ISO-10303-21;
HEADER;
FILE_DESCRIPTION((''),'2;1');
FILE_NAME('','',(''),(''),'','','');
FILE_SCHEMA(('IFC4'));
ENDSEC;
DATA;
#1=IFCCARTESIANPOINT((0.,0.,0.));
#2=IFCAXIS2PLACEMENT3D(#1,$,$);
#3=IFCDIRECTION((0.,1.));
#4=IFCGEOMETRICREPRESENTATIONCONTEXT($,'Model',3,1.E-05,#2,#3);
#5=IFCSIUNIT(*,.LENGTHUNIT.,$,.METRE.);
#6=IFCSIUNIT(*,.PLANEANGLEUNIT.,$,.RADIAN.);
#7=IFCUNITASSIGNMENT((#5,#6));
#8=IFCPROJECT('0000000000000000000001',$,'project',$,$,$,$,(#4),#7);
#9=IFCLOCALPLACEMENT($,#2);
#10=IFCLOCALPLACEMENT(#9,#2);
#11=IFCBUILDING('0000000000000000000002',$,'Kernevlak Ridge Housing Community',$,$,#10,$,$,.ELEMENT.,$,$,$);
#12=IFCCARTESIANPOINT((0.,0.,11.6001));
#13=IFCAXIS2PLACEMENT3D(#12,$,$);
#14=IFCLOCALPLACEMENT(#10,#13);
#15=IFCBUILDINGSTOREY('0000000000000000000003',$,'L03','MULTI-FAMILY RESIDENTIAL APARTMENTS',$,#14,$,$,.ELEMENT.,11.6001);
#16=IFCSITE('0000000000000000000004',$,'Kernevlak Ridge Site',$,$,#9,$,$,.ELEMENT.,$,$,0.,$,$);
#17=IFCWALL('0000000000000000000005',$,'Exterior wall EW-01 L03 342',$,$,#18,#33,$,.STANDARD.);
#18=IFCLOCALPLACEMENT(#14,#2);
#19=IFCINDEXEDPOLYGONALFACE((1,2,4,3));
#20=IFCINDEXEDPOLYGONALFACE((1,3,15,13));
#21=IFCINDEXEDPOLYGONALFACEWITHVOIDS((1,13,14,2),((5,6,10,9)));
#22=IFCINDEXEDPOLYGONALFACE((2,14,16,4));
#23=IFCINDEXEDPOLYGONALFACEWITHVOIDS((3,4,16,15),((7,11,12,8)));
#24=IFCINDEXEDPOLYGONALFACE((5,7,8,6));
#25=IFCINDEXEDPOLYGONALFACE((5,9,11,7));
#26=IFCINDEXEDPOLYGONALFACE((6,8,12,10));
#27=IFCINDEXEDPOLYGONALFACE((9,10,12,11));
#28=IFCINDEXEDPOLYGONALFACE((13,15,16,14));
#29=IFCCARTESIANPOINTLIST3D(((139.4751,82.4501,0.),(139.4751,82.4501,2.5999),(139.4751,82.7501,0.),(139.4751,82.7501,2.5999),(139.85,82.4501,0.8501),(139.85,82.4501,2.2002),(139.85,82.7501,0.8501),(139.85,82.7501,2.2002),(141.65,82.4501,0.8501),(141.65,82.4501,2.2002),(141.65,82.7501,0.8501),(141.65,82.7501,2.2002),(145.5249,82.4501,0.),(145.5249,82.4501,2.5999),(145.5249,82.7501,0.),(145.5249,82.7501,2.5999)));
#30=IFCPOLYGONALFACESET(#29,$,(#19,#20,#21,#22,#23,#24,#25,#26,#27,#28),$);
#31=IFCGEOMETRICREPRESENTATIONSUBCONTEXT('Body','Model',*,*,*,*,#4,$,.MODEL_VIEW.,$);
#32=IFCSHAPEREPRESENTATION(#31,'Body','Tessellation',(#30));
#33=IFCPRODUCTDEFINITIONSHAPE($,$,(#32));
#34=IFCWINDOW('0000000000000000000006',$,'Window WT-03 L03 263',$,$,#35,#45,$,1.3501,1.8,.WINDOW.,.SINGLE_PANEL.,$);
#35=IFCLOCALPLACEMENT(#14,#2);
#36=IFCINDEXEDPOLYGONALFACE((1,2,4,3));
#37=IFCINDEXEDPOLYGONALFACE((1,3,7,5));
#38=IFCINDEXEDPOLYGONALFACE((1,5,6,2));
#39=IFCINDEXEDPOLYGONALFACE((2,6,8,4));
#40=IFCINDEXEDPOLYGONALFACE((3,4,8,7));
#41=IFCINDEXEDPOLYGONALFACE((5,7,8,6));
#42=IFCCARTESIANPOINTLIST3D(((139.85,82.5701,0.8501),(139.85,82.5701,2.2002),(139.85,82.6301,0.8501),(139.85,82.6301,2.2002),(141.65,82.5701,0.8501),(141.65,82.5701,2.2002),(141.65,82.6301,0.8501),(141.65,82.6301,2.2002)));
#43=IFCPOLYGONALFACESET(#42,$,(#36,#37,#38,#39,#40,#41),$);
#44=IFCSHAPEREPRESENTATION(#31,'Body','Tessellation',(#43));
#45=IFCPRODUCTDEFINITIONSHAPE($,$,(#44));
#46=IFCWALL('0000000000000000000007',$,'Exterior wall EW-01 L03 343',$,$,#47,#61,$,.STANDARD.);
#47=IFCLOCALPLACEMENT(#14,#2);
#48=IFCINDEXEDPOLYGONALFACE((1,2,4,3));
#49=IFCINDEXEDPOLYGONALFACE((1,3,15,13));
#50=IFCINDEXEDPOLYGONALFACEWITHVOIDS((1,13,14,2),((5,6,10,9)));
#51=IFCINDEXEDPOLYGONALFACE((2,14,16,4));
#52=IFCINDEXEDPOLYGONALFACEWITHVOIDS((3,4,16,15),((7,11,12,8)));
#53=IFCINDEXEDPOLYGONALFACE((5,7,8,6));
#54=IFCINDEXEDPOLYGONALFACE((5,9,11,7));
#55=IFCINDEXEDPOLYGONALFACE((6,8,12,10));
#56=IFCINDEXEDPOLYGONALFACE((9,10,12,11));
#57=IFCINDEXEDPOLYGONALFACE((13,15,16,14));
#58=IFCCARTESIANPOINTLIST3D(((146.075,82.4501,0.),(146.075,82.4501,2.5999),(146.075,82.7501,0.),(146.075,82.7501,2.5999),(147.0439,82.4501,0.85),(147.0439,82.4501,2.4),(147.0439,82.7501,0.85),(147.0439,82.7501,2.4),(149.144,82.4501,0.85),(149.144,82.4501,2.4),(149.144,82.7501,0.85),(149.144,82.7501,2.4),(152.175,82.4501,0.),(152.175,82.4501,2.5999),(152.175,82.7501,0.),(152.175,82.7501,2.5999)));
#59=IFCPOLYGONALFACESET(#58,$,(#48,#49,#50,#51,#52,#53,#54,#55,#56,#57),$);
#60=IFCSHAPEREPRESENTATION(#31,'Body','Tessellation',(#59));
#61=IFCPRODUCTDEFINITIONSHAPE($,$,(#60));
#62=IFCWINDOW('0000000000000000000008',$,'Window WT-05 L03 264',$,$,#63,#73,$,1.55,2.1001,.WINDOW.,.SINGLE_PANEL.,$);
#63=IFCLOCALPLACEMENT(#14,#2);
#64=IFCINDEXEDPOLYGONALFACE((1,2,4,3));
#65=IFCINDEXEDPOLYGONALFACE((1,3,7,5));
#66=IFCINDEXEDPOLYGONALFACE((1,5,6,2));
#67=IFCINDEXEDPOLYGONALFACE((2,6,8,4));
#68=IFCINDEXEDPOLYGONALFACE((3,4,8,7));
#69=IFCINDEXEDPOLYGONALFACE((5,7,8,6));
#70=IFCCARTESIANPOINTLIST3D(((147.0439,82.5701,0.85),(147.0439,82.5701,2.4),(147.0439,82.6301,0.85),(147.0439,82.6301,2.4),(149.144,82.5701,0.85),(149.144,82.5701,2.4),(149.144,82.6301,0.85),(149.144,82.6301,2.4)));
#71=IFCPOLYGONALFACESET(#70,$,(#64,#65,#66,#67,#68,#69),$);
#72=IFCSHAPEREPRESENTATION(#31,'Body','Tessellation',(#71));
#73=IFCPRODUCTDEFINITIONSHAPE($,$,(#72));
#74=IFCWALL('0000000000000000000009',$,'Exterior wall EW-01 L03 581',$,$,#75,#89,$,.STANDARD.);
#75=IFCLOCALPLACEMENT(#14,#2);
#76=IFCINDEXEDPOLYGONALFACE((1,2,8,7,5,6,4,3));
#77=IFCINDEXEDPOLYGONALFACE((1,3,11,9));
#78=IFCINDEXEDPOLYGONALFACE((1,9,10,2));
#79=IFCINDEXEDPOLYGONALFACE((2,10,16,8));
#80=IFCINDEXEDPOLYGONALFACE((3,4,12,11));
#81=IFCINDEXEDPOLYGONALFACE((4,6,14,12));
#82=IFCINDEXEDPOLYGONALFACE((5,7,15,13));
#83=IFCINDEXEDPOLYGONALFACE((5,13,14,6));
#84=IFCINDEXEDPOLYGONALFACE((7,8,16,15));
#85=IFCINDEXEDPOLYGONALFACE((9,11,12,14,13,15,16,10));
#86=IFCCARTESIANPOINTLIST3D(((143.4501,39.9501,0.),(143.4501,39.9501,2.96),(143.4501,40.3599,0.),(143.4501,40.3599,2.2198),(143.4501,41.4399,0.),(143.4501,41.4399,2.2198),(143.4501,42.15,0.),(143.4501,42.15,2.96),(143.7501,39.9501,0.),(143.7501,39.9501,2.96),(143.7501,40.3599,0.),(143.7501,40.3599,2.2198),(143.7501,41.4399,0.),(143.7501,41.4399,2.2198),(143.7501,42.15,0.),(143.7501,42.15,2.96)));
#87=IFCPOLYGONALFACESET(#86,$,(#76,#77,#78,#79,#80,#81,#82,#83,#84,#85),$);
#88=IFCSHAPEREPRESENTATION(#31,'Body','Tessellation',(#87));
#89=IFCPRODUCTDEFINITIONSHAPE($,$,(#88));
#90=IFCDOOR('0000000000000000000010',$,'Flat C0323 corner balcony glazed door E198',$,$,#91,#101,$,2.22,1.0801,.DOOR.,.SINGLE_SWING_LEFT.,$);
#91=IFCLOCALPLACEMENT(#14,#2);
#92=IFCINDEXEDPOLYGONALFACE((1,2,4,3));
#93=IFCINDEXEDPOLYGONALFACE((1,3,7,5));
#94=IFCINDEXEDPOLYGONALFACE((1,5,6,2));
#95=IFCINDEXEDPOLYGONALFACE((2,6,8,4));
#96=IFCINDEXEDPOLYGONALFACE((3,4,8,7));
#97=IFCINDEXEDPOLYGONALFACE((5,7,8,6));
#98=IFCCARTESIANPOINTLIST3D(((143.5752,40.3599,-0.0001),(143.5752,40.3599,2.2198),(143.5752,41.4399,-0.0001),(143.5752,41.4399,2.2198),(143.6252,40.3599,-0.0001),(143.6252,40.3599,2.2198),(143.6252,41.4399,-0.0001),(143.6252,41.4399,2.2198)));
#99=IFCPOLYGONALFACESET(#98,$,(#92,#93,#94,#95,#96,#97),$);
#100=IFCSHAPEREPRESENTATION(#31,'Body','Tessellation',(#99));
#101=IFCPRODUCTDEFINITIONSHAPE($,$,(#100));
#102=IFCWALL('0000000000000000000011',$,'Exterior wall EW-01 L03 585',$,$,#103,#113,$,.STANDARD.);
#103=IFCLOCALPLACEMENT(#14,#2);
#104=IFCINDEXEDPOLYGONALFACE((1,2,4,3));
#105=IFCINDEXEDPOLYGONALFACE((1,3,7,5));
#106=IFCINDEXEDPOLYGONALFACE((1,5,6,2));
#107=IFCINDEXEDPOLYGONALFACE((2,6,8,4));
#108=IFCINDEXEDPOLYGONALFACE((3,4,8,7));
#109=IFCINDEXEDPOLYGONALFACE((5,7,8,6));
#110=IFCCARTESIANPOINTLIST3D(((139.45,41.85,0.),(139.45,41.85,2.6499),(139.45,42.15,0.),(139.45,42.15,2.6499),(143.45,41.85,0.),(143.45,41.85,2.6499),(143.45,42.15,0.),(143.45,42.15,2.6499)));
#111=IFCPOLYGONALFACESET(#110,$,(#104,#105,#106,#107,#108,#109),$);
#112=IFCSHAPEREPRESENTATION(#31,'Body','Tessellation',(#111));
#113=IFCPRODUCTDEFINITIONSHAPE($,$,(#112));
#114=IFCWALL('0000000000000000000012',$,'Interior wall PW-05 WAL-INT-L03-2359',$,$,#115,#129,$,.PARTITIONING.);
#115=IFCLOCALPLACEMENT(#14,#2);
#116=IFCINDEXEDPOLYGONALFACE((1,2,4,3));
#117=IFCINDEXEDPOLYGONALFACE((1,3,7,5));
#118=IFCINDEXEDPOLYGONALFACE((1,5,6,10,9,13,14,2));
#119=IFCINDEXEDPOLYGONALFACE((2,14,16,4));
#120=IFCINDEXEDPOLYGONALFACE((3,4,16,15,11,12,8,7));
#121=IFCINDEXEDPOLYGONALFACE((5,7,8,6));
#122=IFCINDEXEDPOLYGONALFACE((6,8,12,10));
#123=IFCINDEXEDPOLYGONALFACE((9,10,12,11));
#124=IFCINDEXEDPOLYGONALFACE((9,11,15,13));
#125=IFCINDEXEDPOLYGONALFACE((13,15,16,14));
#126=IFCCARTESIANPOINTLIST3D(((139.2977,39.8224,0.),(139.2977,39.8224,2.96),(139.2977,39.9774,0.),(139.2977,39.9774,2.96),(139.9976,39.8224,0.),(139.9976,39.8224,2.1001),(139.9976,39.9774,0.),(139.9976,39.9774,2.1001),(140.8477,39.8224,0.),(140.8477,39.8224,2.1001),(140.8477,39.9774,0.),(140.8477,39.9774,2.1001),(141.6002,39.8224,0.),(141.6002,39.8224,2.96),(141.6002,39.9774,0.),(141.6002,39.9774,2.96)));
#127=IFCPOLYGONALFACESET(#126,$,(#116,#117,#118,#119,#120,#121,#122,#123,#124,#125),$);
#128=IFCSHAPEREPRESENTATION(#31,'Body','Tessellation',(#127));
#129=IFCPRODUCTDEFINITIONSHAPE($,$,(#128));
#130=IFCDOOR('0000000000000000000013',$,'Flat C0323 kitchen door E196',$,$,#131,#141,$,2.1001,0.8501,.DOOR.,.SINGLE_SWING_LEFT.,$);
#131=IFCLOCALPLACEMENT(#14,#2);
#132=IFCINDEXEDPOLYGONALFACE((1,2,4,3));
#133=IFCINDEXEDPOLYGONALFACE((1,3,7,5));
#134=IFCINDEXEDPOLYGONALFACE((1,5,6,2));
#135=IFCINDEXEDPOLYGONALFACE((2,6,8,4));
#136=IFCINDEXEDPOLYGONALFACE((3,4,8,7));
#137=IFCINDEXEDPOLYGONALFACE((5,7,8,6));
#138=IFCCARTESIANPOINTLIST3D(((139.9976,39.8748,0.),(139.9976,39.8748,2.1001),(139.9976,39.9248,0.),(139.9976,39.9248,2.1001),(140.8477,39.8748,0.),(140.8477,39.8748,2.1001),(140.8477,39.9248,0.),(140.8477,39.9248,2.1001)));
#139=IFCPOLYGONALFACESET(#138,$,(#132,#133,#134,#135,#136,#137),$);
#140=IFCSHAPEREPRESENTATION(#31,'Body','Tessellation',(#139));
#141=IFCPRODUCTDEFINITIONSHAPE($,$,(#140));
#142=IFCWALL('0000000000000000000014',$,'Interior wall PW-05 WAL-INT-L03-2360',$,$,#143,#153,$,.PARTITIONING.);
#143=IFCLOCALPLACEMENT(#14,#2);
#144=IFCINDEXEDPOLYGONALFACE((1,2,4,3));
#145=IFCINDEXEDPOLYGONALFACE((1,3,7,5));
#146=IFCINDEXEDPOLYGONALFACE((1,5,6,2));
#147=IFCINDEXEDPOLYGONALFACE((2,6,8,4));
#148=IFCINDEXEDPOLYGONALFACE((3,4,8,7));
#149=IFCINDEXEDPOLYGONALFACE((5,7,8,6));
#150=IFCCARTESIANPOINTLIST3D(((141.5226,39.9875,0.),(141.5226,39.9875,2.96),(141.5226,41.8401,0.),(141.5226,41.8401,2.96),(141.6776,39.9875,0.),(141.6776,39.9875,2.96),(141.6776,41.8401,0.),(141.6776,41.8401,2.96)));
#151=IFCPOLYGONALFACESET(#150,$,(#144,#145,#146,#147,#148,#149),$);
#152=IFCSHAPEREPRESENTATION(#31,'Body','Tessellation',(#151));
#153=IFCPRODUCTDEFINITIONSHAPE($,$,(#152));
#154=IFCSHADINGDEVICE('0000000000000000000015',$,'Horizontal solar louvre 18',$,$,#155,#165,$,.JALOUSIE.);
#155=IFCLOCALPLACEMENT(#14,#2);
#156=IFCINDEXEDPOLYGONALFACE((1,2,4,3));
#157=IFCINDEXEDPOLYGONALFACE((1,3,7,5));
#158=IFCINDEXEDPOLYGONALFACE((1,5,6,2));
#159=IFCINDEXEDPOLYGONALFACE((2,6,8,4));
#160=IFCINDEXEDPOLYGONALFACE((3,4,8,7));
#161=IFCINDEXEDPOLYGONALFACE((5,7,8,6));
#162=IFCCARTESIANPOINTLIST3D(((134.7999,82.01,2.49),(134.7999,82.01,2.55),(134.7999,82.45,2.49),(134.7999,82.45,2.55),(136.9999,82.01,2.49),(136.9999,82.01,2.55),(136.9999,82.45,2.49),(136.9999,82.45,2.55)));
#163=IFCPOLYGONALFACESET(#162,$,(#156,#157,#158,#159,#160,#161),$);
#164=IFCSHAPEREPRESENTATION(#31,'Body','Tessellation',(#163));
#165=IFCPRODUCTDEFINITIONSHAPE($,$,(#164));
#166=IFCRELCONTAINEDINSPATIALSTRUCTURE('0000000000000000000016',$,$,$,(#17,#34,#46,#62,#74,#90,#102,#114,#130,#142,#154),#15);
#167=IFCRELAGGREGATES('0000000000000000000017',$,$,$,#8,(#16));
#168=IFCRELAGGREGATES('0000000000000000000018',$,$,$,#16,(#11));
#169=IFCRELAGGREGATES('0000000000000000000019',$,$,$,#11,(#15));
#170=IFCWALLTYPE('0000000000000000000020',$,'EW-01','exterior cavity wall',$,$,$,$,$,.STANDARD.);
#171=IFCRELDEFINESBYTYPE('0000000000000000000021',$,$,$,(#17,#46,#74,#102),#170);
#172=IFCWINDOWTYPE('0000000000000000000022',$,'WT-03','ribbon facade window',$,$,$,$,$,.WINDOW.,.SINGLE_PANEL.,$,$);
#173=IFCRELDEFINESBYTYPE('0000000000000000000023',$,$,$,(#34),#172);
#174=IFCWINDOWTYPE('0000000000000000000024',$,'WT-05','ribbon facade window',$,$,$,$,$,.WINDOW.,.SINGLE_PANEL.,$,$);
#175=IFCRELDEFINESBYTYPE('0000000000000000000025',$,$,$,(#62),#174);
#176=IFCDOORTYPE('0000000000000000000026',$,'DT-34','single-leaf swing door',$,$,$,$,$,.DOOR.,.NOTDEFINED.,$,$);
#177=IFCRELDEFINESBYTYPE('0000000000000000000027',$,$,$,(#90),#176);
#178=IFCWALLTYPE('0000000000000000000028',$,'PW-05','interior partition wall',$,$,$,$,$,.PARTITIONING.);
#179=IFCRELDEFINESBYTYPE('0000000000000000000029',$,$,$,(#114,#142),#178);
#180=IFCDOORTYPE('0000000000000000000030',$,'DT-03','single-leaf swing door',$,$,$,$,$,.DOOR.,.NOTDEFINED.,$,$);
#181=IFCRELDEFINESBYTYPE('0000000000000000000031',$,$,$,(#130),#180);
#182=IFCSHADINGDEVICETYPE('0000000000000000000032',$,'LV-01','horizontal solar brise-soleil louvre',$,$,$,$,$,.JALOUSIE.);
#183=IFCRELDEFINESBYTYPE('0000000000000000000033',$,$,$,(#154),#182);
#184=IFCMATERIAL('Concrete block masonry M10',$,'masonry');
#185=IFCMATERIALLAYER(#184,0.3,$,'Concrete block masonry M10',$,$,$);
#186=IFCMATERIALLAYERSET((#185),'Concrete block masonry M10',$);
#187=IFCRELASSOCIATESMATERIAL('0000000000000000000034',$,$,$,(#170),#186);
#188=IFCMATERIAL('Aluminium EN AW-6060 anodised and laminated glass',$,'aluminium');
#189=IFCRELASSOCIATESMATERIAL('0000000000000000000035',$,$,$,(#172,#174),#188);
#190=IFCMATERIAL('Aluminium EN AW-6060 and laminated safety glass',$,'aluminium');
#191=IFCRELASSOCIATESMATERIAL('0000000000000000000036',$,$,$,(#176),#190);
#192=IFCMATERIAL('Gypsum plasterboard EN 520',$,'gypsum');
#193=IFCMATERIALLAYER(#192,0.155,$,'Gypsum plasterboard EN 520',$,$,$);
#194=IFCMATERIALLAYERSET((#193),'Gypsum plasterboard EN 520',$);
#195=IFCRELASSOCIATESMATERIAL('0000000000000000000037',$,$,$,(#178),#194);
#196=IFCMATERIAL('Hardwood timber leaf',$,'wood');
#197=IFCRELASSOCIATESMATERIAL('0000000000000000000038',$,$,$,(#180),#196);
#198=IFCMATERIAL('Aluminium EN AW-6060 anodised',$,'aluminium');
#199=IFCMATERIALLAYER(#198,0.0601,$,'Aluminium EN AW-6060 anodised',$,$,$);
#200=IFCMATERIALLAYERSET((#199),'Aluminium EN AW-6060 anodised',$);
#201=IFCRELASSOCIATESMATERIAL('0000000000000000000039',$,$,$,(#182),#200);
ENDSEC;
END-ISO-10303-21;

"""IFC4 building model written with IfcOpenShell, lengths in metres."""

from ifc_helpers import new_model, si_unit, direction, frame, frame_2d, origin, origin_2d, place, context, subcontext, project, spatial, rectangle, extrude, material, layer, layer_set, type_object, element, fill, save


model = new_model("IFC4")

# Units and contexts
model_context = context("Model", 3, precision=1e-05, world=origin(), true_north=direction((0.0, 1.0)))
body_context = subcontext(model_context, "Body", "Model", "MODEL_VIEW")
ifc_project = project(units=[si_unit("LENGTHUNIT", "METRE"), si_unit("PLANEANGLEUNIT", "RADIAN")], contexts=[model_context])

# Site, building, storey
site_placement = place(None, origin())
site = spatial("IfcSite", under=ifc_project, at=site_placement, Name="Kernevlak Ridge Site", CompositionType="ELEMENT", RefElevation=0.0)
building_placement = place(site_placement, origin())
building = spatial("IfcBuilding", under=site, at=building_placement, Name="Kernevlak Ridge Housing Community", CompositionType="ELEMENT")
storey_placement = place(building_placement, frame((0.0, 0.0, 11.6001)))
storey = spatial("IfcBuildingStorey", under=building, at=storey_placement, Name="L03", Description="MULTI-FAMILY RESIDENTIAL APARTMENTS", CompositionType="ELEMENT", Elevation=11.6001)

# Shared definitions
ifc_material_1 = material(Name="Aluminium EN AW-6060 anodised and laminated glass", Category="aluminium")
ifc_material_2 = material(Name="Aluminium EN AW-6060 anodised", Category="aluminium")

# Walls, openings, windows
ifc_material_3 = material(Name="Concrete block masonry M10", Category="masonry")
ifc_layer_1 = layer(ifc_material_3, 0.3, Name="Concrete block masonry M10")
ifc_layer_set_1 = layer_set([ifc_layer_1], Name="Concrete block masonry M10")
wall_type_1 = type_object("IfcWallType", Name="EW-01", Description="exterior cavity wall", PredefinedType="STANDARD", material=ifc_layer_set_1)
wall_1_placement = place(storey_placement, frame((139.4751, 82.6001, 0.0), z_axis=(0.0, 0.0, 1.0), x_axis=(1.0, 0.0, 0.0)))
wall_1 = element("IfcWall", 1, at=wall_1_placement, inside=storey, type_object=wall_type_1, Name="Exterior wall EW-01 L03 342", PredefinedType="STANDARD", context=body_context, shape_type="SweptSolid", body=[
    extrude(rectangle(XDim=6.0498, YDim=0.3, at=frame_2d((3.0249, 0.0))), origin(), (0.0, 0.0, 1.0), 2.5999),
])
opening_1_placement = place(wall_1_placement, frame((0.375, 0.0, 0.8501)))
opening_1 = element("IfcOpeningElement", 2, at=opening_1_placement, cuts=wall_1, PredefinedType="OPENING", context=body_context, shape_type="SweptSolid", body=[
    extrude(rectangle(XDim=1.8, YDim=1.3501, at=frame_2d((0.8999, 0.675))), frame((0.0, 0.1599, 0.0), z_axis=(0.0, -1.0, 0.0), x_axis=(1.0, 0.0, 0.0)), (0.0, 0.0, 1.0), 0.3201),
])
window_type_1 = type_object("IfcWindowType", Name="WT-03", Description="ribbon facade window", PartitioningType="SINGLE_PANEL", PredefinedType="WINDOW", material=ifc_material_1)
window_1_placement = place(opening_1_placement, origin())
window_1 = element("IfcWindow", 3, at=window_1_placement, inside=storey, type_object=window_type_1, Name="Window WT-03 L03 263", OverallHeight=1.3501, OverallWidth=1.8, PartitioningType="SINGLE_PANEL", PredefinedType="WINDOW", context=body_context, shape_type="SweptSolid", body=[
    extrude(rectangle(XDim=1.8, YDim=1.3501, at=frame_2d((0.8999, 0.675))), frame((0.0, 0.03, 0.0), z_axis=(0.0, -1.0, 0.0), x_axis=(1.0, 0.0, 0.0)), (0.0, 0.0, 1.0), 0.0601),
])
fill(opening_1, window_1)
wall_2_placement = place(storey_placement, frame((146.075, 82.6001, 0.0), z_axis=(0.0, 0.0, 1.0), x_axis=(1.0, 0.0, 0.0)))
wall_2 = element("IfcWall", 4, at=wall_2_placement, inside=storey, type_object=wall_type_1, Name="Exterior wall EW-01 L03 343", PredefinedType="STANDARD", context=body_context, shape_type="SweptSolid", body=[
    extrude(rectangle(XDim=6.1001, YDim=0.3, at=frame_2d((3.05, 0.0))), origin(), (0.0, 0.0, 1.0), 2.5999),
])
opening_2_placement = place(wall_2_placement, frame((0.969, 0.0, 0.8501)))
opening_2 = element("IfcOpeningElement", 5, at=opening_2_placement, cuts=wall_2, PredefinedType="OPENING", context=body_context, shape_type="SweptSolid", body=[
    extrude(rectangle(XDim=2.1001, YDim=1.55, at=frame_2d((1.05, 0.7749))), frame((0.0, 0.1599, 0.0), z_axis=(0.0, -1.0, 0.0), x_axis=(1.0, 0.0, 0.0)), (0.0, 0.0, 1.0), 0.3201),
])
window_type_2 = type_object("IfcWindowType", Name="WT-05", Description="ribbon facade window", PartitioningType="SINGLE_PANEL", PredefinedType="WINDOW", material=ifc_material_1)
window_2_placement = place(opening_2_placement, origin())
window_2 = element("IfcWindow", 6, at=window_2_placement, inside=storey, type_object=window_type_2, Name="Window WT-05 L03 264", OverallHeight=1.55, OverallWidth=2.1001, PartitioningType="SINGLE_PANEL", PredefinedType="WINDOW", context=body_context, shape_type="SweptSolid", body=[
    extrude(rectangle(XDim=2.1001, YDim=1.55, at=frame_2d((1.05, 0.7749))), frame((0.0, 0.03, 0.0), z_axis=(0.0, -1.0, 0.0), x_axis=(1.0, 0.0, 0.0)), (0.0, 0.0, 1.0), 0.0601),
])
fill(opening_2, window_2)

# Wall, opening, door
wall_3_placement = place(storey_placement, frame((143.6001, 39.95, 0.0), z_axis=(0.0, 0.0, 1.0), x_axis=(0.0, 1.0, 0.0)))
wall_3 = element("IfcWall", 7, at=wall_3_placement, inside=storey, type_object=wall_type_1, Name="Exterior wall EW-01 L03 581", PredefinedType="STANDARD", context=body_context, shape_type="SweptSolid", body=[
    extrude(rectangle(XDim=2.2, YDim=0.3, at=frame_2d((1.1001, 0.0))), origin(), (0.0, 0.0, 1.0), 2.96),
])
opening_3_placement = place(wall_3_placement, frame((0.4099, 0.0, 0.0)))
opening_3 = element("IfcOpeningElement", 8, at=opening_3_placement, cuts=wall_3, PredefinedType="OPENING", context=body_context, shape_type="SweptSolid", body=[
    extrude(rectangle(XDim=1.0801, YDim=2.22, at=frame_2d((0.54, 1.1099))), frame((0.0, 0.1599, 0.0), z_axis=(0.0, -1.0, 0.0), x_axis=(1.0, 0.0, 0.0)), (0.0, 0.0, 1.0), 0.3201),
])
ifc_material_4 = material(Name="Aluminium EN AW-6060 and laminated safety glass", Category="aluminium")
door_type_1 = type_object("IfcDoorType", Name="DT-34", Description="single-leaf swing door", OperationType="NOTDEFINED", PredefinedType="DOOR", material=ifc_material_4)
door_1_placement = place(opening_3_placement, origin())
door_1 = element("IfcDoor", 9, at=door_1_placement, inside=storey, type_object=door_type_1, Name="Flat C0323 corner balcony glazed door E198", OperationType="SINGLE_SWING_LEFT", OverallHeight=2.22, OverallWidth=1.0801, PredefinedType="DOOR", context=body_context, shape_type="SweptSolid", body=[
    extrude(rectangle(XDim=1.0801, YDim=2.22, at=frame_2d((0.54, 1.1099))), frame((0.0, 0.0249, 0.0), z_axis=(0.0, -1.0, 0.0), x_axis=(1.0, 0.0, 0.0)), (0.0, 0.0, 1.0), 0.05),
])
fill(opening_3, door_1)

# Wall
wall_4_placement = place(storey_placement, frame((139.45, 42.0, 0.0), z_axis=(0.0, 0.0, 1.0), x_axis=(1.0, 0.0, 0.0)))
element("IfcWall", 10, at=wall_4_placement, inside=storey, type_object=wall_type_1, Name="Exterior wall EW-01 L03 585", PredefinedType="STANDARD", context=body_context, shape_type="SweptSolid", body=[
    extrude(rectangle(XDim=4.0, YDim=0.3, at=frame_2d((2.0, 0.0))), origin(), (0.0, 0.0, 1.0), 2.6499),
])

# Wall, opening, door
ifc_material_5 = material(Name="Gypsum plasterboard EN 520", Category="gypsum")
ifc_layer_2 = layer(ifc_material_5, 0.155, Name="Gypsum plasterboard EN 520")
ifc_layer_set_2 = layer_set([ifc_layer_2], Name="Gypsum plasterboard EN 520")
wall_type_2 = type_object("IfcWallType", Name="PW-05", Description="interior partition wall", PredefinedType="PARTITIONING", material=ifc_layer_set_2)
wall_5_placement = place(storey_placement, frame((139.2976, 39.8999, 0.0), z_axis=(0.0, 0.0, 1.0), x_axis=(1.0, 0.0, 0.0)))
wall_5 = element("IfcWall", 11, at=wall_5_placement, inside=storey, type_object=wall_type_2, Name="Interior wall PW-05 WAL-INT-L03-2359", PredefinedType="PARTITIONING", context=body_context, shape_type="SweptSolid", body=[
    extrude(rectangle(XDim=2.3025, YDim=0.155, at=frame_2d((1.1514, 0.0))), origin(), (0.0, 0.0, 1.0), 2.96),
])
opening_4_placement = place(wall_5_placement, frame((0.7, 0.0, 0.0)))
opening_4 = element("IfcOpeningElement", 12, at=opening_4_placement, cuts=wall_5, PredefinedType="OPENING", context=body_context, shape_type="SweptSolid", body=[
    extrude(rectangle(XDim=0.8501, YDim=2.1001, at=frame_2d((0.425, 1.05))), frame((0.0, 0.0874, 0.0), z_axis=(0.0, -1.0, 0.0), x_axis=(1.0, 0.0, 0.0)), (0.0, 0.0, 1.0), 0.175),
])
ifc_material_6 = material(Name="Hardwood timber leaf", Category="wood")
door_type_2 = type_object("IfcDoorType", Name="DT-03", Description="single-leaf swing door", OperationType="NOTDEFINED", PredefinedType="DOOR", material=ifc_material_6)
door_2_placement = place(opening_4_placement, origin())
door_2 = element("IfcDoor", 13, at=door_2_placement, inside=storey, type_object=door_type_2, Name="Flat C0323 kitchen door E196", OperationType="SINGLE_SWING_LEFT", OverallHeight=2.1001, OverallWidth=0.8501, PredefinedType="DOOR", context=body_context, shape_type="SweptSolid", body=[
    extrude(rectangle(XDim=0.8501, YDim=2.1001, at=frame_2d((0.425, 1.05))), frame((0.0, 0.0249, 0.0), z_axis=(0.0, -1.0, 0.0), x_axis=(1.0, 0.0, 0.0)), (0.0, 0.0, 1.0), 0.05),
])
fill(opening_4, door_2)

# Wall
wall_6_placement = place(storey_placement, frame((141.6001, 39.9875, 0.0), z_axis=(0.0, 0.0, 1.0), x_axis=(0.0, 1.0, 0.0)))
element("IfcWall", 14, at=wall_6_placement, inside=storey, type_object=wall_type_2, Name="Interior wall PW-05 WAL-INT-L03-2360", PredefinedType="PARTITIONING", context=body_context, shape_type="SweptSolid", body=[
    extrude(rectangle(XDim=1.8525, YDim=0.155, at=frame_2d((0.9263, 0.0))), origin(), (0.0, 0.0, 1.0), 2.96),
])

# Shading device
ifc_layer_3 = layer(ifc_material_2, 0.0601, Name="Aluminium EN AW-6060 anodised")
ifc_layer_set_3 = layer_set([ifc_layer_3], Name="Aluminium EN AW-6060 anodised")
shading_device_type = type_object("IfcShadingDeviceType", Name="LV-01", Description="horizontal solar brise-soleil louvre", PredefinedType="JALOUSIE", material=ifc_layer_set_3)
shading_device_placement = place(storey_placement, frame((135.8999, 82.23, 2.49), z_axis=(0.0, 0.0, 1.0), x_axis=(1.0, 0.0, 0.0)))
element("IfcShadingDevice", 15, at=shading_device_placement, inside=storey, type_object=shading_device_type, Name="Horizontal solar louvre 18", PredefinedType="JALOUSIE", context=body_context, shape_type="SweptSolid", body=[
    extrude(rectangle(XDim=2.2, YDim=0.4399, at=origin_2d()), origin(), (0.0, 0.0, 1.0), 0.0601),
])

save(model, "model.ifc")
